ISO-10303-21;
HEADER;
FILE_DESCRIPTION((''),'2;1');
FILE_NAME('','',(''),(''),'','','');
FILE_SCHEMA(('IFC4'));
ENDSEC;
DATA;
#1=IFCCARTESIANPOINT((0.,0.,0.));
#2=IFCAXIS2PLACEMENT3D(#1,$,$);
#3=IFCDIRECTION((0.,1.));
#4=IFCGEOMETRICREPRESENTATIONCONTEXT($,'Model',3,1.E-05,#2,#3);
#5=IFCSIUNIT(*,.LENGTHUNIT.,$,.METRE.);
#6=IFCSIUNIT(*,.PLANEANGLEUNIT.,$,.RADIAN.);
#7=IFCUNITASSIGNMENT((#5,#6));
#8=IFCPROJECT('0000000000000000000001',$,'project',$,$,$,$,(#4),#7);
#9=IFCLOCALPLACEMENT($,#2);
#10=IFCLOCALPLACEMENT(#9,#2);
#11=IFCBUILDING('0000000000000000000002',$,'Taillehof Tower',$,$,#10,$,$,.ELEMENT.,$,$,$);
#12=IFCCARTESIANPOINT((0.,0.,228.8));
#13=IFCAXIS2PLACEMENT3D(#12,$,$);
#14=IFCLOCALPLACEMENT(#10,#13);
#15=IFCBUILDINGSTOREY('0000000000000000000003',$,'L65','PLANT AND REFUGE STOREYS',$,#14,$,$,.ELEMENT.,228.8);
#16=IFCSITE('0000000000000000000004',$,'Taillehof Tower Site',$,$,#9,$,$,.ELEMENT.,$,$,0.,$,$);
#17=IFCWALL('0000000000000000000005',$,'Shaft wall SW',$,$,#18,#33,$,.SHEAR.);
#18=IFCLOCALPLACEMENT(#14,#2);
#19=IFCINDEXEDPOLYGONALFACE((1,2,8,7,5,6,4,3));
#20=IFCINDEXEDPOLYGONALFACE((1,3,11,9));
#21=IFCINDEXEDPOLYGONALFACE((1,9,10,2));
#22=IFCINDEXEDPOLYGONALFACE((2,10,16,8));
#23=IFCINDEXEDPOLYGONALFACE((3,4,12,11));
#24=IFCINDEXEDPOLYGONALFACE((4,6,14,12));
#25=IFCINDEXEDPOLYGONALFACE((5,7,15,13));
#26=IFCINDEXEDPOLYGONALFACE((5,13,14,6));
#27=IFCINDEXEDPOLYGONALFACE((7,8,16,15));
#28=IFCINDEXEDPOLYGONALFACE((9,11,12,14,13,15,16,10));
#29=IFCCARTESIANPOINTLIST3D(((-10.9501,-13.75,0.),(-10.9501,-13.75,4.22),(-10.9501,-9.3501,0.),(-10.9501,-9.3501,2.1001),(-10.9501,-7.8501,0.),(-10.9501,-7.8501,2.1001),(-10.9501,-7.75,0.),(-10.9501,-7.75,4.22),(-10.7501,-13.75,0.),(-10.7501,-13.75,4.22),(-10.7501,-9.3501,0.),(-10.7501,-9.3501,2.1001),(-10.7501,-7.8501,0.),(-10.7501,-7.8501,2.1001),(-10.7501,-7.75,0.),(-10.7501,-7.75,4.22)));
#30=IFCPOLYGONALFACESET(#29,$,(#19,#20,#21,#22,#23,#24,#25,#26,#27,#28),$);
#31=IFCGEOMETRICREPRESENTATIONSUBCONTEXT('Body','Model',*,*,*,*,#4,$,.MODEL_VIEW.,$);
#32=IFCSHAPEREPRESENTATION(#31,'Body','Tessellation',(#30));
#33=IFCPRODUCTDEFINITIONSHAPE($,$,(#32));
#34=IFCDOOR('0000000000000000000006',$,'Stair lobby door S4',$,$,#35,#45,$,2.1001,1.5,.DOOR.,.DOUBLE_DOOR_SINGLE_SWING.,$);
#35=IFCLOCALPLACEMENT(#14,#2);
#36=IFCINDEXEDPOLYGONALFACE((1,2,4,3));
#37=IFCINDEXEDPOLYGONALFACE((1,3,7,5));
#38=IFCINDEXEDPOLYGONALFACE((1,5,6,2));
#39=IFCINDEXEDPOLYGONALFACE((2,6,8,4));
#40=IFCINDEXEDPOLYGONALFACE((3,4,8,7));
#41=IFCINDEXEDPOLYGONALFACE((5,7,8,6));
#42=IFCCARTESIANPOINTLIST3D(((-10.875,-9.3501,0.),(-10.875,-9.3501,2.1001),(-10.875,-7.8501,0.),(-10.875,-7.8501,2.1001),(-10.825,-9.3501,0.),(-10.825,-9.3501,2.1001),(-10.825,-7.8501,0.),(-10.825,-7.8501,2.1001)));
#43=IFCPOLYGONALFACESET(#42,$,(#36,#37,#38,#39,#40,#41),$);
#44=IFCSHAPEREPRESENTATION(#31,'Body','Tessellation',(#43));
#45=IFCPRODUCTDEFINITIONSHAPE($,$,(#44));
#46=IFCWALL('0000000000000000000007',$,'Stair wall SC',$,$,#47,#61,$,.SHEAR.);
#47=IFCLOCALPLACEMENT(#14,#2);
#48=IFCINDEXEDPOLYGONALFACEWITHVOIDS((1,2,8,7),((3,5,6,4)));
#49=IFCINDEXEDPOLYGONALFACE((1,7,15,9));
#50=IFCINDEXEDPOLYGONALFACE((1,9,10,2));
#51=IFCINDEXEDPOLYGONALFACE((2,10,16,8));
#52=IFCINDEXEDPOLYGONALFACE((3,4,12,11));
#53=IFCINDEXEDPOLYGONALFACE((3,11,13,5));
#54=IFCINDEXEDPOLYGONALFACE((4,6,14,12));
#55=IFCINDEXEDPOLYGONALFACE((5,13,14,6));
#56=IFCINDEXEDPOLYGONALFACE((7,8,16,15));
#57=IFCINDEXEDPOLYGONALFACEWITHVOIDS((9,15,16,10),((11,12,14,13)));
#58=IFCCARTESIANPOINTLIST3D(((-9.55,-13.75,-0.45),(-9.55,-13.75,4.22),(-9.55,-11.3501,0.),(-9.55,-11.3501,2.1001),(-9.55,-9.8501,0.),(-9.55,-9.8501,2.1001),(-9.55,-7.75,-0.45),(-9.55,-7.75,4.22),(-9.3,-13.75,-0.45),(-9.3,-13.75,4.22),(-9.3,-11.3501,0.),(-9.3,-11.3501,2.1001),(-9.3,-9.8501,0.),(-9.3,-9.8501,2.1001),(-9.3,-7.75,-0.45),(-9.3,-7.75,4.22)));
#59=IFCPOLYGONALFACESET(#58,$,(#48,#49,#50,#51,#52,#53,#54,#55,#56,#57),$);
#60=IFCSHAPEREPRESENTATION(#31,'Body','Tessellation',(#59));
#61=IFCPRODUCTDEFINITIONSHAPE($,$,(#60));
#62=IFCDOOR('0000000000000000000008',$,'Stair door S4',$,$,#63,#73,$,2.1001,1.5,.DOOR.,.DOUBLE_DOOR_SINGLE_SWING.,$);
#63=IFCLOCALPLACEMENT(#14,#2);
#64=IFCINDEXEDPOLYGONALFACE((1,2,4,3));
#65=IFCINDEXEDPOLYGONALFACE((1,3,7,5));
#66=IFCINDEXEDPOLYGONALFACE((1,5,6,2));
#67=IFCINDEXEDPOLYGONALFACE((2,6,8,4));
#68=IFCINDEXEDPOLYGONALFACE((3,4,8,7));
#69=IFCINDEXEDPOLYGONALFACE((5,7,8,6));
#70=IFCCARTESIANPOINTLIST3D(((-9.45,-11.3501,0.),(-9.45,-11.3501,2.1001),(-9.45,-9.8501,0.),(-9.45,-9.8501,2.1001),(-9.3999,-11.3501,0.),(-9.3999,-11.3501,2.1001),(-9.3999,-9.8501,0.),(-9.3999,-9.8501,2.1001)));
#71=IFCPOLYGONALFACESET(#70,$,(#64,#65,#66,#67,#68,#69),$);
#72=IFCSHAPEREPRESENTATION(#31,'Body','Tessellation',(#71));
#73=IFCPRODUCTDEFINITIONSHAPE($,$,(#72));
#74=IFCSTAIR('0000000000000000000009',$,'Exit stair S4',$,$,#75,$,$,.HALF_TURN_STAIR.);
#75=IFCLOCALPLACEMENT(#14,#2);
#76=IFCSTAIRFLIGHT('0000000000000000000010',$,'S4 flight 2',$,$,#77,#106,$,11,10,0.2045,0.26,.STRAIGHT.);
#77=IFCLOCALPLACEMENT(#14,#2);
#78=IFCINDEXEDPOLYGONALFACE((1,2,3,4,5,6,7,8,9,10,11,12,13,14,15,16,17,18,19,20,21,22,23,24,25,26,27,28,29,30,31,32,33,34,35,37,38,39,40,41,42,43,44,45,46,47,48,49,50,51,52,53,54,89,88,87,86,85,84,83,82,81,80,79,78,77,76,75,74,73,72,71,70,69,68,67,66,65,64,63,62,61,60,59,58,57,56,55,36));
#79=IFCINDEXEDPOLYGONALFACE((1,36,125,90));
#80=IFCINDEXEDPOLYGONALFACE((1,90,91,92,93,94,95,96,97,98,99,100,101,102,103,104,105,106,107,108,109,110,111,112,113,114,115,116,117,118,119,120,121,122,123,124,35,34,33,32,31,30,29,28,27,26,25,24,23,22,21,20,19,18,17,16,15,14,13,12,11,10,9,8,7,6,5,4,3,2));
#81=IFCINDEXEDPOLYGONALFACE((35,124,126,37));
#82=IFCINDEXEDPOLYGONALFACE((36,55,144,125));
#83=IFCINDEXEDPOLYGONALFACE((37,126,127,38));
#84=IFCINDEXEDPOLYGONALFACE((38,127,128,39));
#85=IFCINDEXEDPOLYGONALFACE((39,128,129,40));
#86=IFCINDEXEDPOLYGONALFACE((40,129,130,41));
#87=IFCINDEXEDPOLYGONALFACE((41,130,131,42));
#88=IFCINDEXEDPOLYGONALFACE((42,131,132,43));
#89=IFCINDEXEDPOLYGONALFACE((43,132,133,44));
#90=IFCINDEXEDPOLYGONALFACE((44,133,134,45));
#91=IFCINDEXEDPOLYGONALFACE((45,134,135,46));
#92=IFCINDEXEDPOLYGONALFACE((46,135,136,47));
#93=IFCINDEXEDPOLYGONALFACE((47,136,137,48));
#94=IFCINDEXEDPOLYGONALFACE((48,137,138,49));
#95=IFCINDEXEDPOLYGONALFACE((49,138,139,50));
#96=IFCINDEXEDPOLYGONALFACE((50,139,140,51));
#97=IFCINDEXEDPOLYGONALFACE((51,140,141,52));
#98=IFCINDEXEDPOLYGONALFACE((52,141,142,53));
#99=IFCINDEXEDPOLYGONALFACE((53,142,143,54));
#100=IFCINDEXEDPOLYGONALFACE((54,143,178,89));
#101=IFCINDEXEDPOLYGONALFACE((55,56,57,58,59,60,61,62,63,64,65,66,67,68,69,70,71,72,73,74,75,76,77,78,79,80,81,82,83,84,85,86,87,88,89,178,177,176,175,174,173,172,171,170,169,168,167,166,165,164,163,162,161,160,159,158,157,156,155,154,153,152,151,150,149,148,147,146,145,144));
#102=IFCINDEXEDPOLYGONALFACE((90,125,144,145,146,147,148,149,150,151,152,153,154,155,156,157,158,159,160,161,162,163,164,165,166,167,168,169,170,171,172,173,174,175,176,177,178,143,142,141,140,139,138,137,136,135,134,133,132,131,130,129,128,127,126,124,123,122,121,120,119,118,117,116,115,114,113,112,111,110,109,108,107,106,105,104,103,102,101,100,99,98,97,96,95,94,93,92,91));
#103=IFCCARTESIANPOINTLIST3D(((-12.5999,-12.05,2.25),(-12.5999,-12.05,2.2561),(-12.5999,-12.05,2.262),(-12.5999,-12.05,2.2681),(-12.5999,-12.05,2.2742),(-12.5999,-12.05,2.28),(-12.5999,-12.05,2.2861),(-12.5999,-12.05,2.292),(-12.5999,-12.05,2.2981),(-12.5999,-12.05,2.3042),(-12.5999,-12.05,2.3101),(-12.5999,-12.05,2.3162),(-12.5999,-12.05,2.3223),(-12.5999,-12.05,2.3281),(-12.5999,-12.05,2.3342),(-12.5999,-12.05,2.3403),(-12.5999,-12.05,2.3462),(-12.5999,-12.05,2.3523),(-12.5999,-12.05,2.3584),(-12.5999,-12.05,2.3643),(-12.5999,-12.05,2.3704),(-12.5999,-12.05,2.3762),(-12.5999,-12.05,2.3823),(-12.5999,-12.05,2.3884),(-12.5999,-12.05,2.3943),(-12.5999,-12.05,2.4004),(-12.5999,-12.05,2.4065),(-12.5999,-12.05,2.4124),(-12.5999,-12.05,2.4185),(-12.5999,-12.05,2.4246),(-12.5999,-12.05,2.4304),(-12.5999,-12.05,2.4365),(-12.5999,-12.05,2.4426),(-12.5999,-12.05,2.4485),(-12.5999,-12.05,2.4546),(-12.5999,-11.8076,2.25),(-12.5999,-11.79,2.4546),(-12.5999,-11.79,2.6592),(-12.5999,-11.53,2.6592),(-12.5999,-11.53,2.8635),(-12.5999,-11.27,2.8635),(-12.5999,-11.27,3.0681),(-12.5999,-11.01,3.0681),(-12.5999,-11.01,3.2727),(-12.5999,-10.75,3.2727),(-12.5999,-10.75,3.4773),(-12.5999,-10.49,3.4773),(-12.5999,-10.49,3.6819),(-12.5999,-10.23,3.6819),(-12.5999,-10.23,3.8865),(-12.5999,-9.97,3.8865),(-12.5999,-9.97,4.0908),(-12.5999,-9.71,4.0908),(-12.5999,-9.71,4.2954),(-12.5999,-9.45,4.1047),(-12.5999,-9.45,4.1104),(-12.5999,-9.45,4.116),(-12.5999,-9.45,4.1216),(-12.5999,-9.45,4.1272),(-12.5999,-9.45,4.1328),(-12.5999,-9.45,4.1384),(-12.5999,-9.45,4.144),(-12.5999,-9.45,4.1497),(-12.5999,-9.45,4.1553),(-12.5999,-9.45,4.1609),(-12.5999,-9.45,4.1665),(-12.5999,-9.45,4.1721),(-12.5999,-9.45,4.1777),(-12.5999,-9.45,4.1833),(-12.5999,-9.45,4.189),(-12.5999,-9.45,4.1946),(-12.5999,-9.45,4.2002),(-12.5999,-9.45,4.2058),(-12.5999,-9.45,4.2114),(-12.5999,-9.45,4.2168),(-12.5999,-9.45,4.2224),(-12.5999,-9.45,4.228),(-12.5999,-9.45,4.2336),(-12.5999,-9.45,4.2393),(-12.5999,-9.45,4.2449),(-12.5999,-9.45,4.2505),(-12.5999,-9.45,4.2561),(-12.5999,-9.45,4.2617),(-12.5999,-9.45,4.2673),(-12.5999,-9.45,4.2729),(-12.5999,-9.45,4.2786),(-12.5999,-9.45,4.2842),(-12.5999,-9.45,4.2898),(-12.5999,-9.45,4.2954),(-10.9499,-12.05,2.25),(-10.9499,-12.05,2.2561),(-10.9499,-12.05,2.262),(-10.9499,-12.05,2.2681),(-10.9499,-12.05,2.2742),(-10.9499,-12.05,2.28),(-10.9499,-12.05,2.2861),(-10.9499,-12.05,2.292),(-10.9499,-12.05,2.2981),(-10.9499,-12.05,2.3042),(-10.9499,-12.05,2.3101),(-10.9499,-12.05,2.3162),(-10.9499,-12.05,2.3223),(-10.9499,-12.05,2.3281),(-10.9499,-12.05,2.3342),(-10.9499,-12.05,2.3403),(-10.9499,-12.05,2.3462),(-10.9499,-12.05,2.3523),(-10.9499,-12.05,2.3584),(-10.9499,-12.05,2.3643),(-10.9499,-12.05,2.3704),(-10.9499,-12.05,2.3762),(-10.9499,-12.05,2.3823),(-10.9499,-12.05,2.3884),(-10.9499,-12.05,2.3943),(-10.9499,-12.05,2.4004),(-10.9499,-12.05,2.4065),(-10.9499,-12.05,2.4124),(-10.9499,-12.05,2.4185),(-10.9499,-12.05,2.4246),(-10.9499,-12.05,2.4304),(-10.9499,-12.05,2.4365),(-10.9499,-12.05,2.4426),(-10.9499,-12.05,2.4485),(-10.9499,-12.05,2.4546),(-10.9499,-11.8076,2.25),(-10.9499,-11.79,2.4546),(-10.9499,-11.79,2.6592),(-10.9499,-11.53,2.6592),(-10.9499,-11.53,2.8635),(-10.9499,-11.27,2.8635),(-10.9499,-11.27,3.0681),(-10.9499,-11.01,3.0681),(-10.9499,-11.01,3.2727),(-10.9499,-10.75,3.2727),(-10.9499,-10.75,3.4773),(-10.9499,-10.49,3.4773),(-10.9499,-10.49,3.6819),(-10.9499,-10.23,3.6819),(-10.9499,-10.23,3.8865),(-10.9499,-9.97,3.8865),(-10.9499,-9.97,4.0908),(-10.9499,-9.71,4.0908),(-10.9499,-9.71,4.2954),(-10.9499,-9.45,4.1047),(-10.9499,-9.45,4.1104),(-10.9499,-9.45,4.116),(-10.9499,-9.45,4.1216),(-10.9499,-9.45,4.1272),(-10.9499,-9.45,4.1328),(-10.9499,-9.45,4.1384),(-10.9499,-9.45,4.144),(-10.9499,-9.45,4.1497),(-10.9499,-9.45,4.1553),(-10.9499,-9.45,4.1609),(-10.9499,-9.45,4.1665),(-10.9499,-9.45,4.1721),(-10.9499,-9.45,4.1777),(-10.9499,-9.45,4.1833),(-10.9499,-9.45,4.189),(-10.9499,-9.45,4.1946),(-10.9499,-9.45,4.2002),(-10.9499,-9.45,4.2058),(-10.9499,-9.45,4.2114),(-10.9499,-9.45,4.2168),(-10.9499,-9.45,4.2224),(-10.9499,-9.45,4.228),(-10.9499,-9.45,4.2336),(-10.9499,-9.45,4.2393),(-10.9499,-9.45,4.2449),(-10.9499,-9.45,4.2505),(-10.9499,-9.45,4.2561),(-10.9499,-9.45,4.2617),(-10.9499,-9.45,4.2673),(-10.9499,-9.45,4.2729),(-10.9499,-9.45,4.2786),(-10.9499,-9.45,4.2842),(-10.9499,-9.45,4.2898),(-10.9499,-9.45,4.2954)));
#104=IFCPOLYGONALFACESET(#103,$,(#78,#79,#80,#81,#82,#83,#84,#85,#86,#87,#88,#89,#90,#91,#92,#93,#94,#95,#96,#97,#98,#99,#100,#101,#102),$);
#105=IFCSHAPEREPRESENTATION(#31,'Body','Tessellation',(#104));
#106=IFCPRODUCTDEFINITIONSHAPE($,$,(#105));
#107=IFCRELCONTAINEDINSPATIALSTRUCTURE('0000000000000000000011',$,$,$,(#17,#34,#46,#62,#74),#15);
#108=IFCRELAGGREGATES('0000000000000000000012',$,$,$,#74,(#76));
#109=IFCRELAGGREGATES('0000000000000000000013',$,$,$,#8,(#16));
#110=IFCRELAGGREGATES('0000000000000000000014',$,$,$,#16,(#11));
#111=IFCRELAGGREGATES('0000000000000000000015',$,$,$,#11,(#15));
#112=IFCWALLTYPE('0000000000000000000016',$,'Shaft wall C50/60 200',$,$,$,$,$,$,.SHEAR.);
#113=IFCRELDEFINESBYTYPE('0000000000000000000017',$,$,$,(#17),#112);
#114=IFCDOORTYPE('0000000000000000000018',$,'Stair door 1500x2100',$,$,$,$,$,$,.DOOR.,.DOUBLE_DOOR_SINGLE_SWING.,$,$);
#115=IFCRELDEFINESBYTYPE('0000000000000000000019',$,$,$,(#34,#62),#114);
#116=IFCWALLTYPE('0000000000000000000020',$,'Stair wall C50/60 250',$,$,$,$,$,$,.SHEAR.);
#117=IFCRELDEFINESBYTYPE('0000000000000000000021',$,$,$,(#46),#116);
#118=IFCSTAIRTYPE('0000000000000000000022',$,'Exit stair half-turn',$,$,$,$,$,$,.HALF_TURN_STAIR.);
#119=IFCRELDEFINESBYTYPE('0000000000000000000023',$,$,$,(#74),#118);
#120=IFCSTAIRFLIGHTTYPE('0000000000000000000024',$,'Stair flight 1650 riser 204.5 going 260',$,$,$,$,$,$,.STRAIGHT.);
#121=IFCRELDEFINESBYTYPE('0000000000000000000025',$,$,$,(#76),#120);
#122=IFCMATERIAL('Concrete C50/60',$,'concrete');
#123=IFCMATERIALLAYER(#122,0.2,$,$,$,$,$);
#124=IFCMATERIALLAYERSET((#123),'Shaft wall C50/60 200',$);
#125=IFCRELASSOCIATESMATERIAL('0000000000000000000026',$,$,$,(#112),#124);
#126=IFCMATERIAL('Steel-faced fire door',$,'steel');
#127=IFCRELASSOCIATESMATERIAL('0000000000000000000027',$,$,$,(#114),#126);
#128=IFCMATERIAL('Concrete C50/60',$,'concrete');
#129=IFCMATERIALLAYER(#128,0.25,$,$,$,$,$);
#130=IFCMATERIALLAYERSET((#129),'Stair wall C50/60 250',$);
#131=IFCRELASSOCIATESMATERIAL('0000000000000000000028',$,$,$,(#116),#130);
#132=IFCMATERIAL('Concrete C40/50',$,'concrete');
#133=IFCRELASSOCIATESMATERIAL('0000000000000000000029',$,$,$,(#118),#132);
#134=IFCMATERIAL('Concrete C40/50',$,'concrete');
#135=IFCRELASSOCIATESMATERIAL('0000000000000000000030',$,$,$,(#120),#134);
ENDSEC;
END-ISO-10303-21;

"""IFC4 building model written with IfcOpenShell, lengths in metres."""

from ifc_helpers import new_model, si_unit, direction, frame, frame_2d, origin, place, context, subcontext, project, spatial, polyline, rectangle, outline, extrude, material, layer, layer_set, type_object, element, fill, aggregate, save


model = new_model("IFC4")

# Units and contexts
model_context = context("Model", 3, precision=1e-05, world=origin(), true_north=direction((0.0, 1.0)))
body_context = subcontext(model_context, "Body", "Model", "MODEL_VIEW")
ifc_project = project(units=[si_unit("LENGTHUNIT", "METRE"), si_unit("PLANEANGLEUNIT", "RADIAN")], contexts=[model_context])

# Site, building, storey
site_placement = place(None, origin())
site = spatial("IfcSite", under=ifc_project, at=site_placement, Name="Taillehof Tower Site", CompositionType="ELEMENT", RefElevation=0.0)
building_placement = place(site_placement, origin())
building = spatial("IfcBuilding", under=site, at=building_placement, Name="Taillehof Tower", CompositionType="ELEMENT")
storey_placement = place(building_placement, frame((0.0, 0.0, 228.8)))
storey = spatial("IfcBuildingStorey", under=building, at=storey_placement, Name="L65", Description="PLANT AND REFUGE STOREYS", CompositionType="ELEMENT", Elevation=228.8)

# Walls, openings, doors
ifc_material_1 = material(Name="Concrete C50/60", Category="concrete")
ifc_layer_1 = layer(ifc_material_1, 0.2)
ifc_layer_set_1 = layer_set([ifc_layer_1], Name="Shaft wall C50/60 200")
wall_type_1 = type_object("IfcWallType", Name="Shaft wall C50/60 200", PredefinedType="SHEAR", material=ifc_layer_set_1)
wall_1_placement = place(storey_placement, frame((-10.8501, -13.75, 0.0), z_axis=(0.0, 0.0, 1.0), x_axis=(0.0, 1.0, 0.0)))
wall_1 = element("IfcWall", 1, at=wall_1_placement, inside=storey, type_object=wall_type_1, Name="Shaft wall SW", PredefinedType="SHEAR", context=body_context, shape_type="SweptSolid", body=[
    extrude(rectangle(XDim=6.0, YDim=0.2, at=frame_2d((3.0, 0.0))), origin(), (0.0, 0.0, 1.0), 4.22),
])
opening_1_placement = place(wall_1_placement, frame((4.3999, 0.0, 0.0)))
opening_1 = element("IfcOpeningElement", 2, at=opening_1_placement, cuts=wall_1, PredefinedType="OPENING", context=body_context, shape_type="SweptSolid", body=[
    extrude(rectangle(XDim=1.5, YDim=2.1001, at=frame_2d((0.75, 1.05))), frame((0.0, 0.1099, 0.0), z_axis=(0.0, -1.0, 0.0), x_axis=(1.0, 0.0, 0.0)), (0.0, 0.0, 1.0), 0.22),
])
ifc_material_2 = material(Name="Steel-faced fire door", Category="steel")
door_type_1 = type_object("IfcDoorType", Name="Stair door 1500x2100", OperationType="DOUBLE_DOOR_SINGLE_SWING", PredefinedType="DOOR", material=ifc_material_2)
door_1_placement = place(opening_1_placement, origin())
door_1 = element("IfcDoor", 3, at=door_1_placement, inside=storey, type_object=door_type_1, Name="Stair lobby door S4", OperationType="DOUBLE_DOOR_SINGLE_SWING", OverallHeight=2.1001, OverallWidth=1.5, PredefinedType="DOOR", context=body_context, shape_type="SweptSolid", body=[
    extrude(rectangle(XDim=1.5, YDim=2.1001, at=frame_2d((0.75, 1.05))), frame((0.0, 0.0249, 0.0), z_axis=(0.0, -1.0, 0.0), x_axis=(1.0, 0.0, 0.0)), (0.0, 0.0, 1.0), 0.05),
])
fill(opening_1, door_1)
ifc_material_3 = material(Name="Concrete C50/60", Category="concrete")
ifc_layer_2 = layer(ifc_material_3, 0.25)
ifc_layer_set_2 = layer_set([ifc_layer_2], Name="Stair wall C50/60 250")
wall_type_2 = type_object("IfcWallType", Name="Stair wall C50/60 250", PredefinedType="SHEAR", material=ifc_layer_set_2)
wall_2_placement = place(storey_placement, frame((-9.425, -13.75, -0.45), z_axis=(0.0, 0.0, 1.0), x_axis=(0.0, 1.0, 0.0)))
wall_2 = element("IfcWall", 4, at=wall_2_placement, inside=storey, type_object=wall_type_2, Name="Stair wall SC", PredefinedType="SHEAR", context=body_context, shape_type="SweptSolid", body=[
    extrude(rectangle(XDim=6.0, YDim=0.25, at=frame_2d((3.0, 0.0))), origin(), (0.0, 0.0, 1.0), 4.6699),
])
opening_2_placement = place(wall_2_placement, frame((2.3999, 0.0, 0.45)))
opening_2 = element("IfcOpeningElement", 5, at=opening_2_placement, cuts=wall_2, PredefinedType="OPENING", context=body_context, shape_type="SweptSolid", body=[
    extrude(rectangle(XDim=1.5, YDim=2.1001, at=frame_2d((0.75, 1.05))), frame((0.0, 0.135, 0.0), z_axis=(0.0, -1.0, 0.0), x_axis=(1.0, 0.0, 0.0)), (0.0, 0.0, 1.0), 0.27),
])
door_2_placement = place(opening_2_placement, origin())
door_2 = element("IfcDoor", 6, at=door_2_placement, inside=storey, type_object=door_type_1, Name="Stair door S4", OperationType="DOUBLE_DOOR_SINGLE_SWING", OverallHeight=2.1001, OverallWidth=1.5, PredefinedType="DOOR", context=body_context, shape_type="SweptSolid", body=[
    extrude(rectangle(XDim=1.5, YDim=2.1001, at=frame_2d((0.75, 1.05))), frame((0.0, 0.0249, 0.0), z_axis=(0.0, -1.0, 0.0), x_axis=(1.0, 0.0, 0.0)), (0.0, 0.0, 1.0), 0.05),
])
fill(opening_2, door_2)

# Stair, stair flight
ifc_material_4 = material(Name="Concrete C40/50", Category="concrete")
stair_type = type_object("IfcStairType", Name="Exit stair half-turn", PredefinedType="HALF_TURN_STAIR", material=ifc_material_4)
stair_placement = place(storey_placement, origin())
stair = element("IfcStair", 7, at=stair_placement, inside=storey, type_object=stair_type, Name="Exit stair S4", PredefinedType="HALF_TURN_STAIR")
ifc_material_5 = material(Name="Concrete C40/50", Category="concrete")
stair_flight_type = type_object("IfcStairFlightType", Name="Stair flight 1650 riser 204.5 going 260", PredefinedType="STRAIGHT", material=ifc_material_5)
stair_flight_placement = place(storey_placement, frame((-11.7749, -12.05, 2.25), z_axis=(0.0, 0.0, 1.0), x_axis=(0.0, 1.0, 0.0)))
stair_flight = element("IfcStairFlight", 8, at=stair_flight_placement, type_object=stair_flight_type, Name="S4 flight 2", NumberOfRisers=11, NumberOfTreads=10, PredefinedType="STRAIGHT", RiserHeight=0.2045, TreadLength=0.26, context=body_context, shape_type="SweptSolid", body=[
    extrude(outline(polyline([(0.0, 0.0), (0.0, 0.0061), (0.0, 0.012), (0.0, 0.0181), (0.0, 0.0242), (0.0, 0.03), (0.0, 0.0361), (0.0, 0.042), (0.0, 0.0481), (0.0, 0.0542), (0.0, 0.0601), (0.0, 0.0662), (0.0, 0.0723), (0.0, 0.0781), (0.0, 0.0842), (0.0, 0.0903), (0.0, 0.0962), (0.0, 0.1023), (0.0, 0.1084), (0.0, 0.1143), (0.0, 0.1204), (0.0, 0.1262), (0.0, 0.1323), (0.0, 0.1384), (0.0, 0.1443), (0.0, 0.1504), (0.0, 0.1565), (0.0, 0.1624), (0.0, 0.1685), (0.0, 0.1746), (0.0, 0.1804), (0.0, 0.1865), (0.0, 0.1926), (0.0, 0.1985), (0.0, 0.2046), (0.26, 0.2046), (0.26, 0.4092), (0.52, 0.4092), (0.52, 0.6135), (0.78, 0.6135), (0.78, 0.8181), (1.04, 0.8181), (1.04, 1.0227), (1.3, 1.0227), (1.3, 1.2273), (1.5601, 1.2273), (1.5601, 1.4319), (1.8201, 1.4319), (1.8201, 1.6365), (2.0801, 1.6365), (2.0801, 1.8408), (2.3401, 1.8408), (2.3401, 2.0454), (2.6001, 2.0454), (2.6001, 2.0398), (2.6001, 2.0342), (2.6001, 2.0286), (2.6001, 2.0229), (2.6001, 2.0173), (2.6001, 2.0117), (2.6001, 2.0061), (2.6001, 2.0005), (2.6001, 1.9949), (2.6001, 1.9893), (2.6001, 1.9836), (2.6001, 1.978), (2.6001, 1.9724), (2.6001, 1.9668), (2.6001, 1.9614), (2.6001, 1.9558), (2.6001, 1.9502), (2.6001, 1.9446), (2.6001, 1.939), (2.6001, 1.9333), (2.6001, 1.9277), (2.6001, 1.9221), (2.6001, 1.9165), (2.6001, 1.9109), (2.6001, 1.9053), (2.6001, 1.8997), (2.6001, 1.894), (2.6001, 1.8884), (2.6001, 1.8828), (2.6001, 1.8772), (2.6001, 1.8716), (2.6001, 1.866), (2.6001, 1.8604), (2.6001, 1.8547), (0.2424, 0.0), (0.0, 0.0)])), frame((0.0, 0.825, 0.0), z_axis=(0.0, -1.0, 0.0), x_axis=(1.0, 0.0, 0.0)), (0.0, 0.0, 1.0), 1.65),
])
aggregate(stair, [stair_flight])

save(model, "model.ifc")
